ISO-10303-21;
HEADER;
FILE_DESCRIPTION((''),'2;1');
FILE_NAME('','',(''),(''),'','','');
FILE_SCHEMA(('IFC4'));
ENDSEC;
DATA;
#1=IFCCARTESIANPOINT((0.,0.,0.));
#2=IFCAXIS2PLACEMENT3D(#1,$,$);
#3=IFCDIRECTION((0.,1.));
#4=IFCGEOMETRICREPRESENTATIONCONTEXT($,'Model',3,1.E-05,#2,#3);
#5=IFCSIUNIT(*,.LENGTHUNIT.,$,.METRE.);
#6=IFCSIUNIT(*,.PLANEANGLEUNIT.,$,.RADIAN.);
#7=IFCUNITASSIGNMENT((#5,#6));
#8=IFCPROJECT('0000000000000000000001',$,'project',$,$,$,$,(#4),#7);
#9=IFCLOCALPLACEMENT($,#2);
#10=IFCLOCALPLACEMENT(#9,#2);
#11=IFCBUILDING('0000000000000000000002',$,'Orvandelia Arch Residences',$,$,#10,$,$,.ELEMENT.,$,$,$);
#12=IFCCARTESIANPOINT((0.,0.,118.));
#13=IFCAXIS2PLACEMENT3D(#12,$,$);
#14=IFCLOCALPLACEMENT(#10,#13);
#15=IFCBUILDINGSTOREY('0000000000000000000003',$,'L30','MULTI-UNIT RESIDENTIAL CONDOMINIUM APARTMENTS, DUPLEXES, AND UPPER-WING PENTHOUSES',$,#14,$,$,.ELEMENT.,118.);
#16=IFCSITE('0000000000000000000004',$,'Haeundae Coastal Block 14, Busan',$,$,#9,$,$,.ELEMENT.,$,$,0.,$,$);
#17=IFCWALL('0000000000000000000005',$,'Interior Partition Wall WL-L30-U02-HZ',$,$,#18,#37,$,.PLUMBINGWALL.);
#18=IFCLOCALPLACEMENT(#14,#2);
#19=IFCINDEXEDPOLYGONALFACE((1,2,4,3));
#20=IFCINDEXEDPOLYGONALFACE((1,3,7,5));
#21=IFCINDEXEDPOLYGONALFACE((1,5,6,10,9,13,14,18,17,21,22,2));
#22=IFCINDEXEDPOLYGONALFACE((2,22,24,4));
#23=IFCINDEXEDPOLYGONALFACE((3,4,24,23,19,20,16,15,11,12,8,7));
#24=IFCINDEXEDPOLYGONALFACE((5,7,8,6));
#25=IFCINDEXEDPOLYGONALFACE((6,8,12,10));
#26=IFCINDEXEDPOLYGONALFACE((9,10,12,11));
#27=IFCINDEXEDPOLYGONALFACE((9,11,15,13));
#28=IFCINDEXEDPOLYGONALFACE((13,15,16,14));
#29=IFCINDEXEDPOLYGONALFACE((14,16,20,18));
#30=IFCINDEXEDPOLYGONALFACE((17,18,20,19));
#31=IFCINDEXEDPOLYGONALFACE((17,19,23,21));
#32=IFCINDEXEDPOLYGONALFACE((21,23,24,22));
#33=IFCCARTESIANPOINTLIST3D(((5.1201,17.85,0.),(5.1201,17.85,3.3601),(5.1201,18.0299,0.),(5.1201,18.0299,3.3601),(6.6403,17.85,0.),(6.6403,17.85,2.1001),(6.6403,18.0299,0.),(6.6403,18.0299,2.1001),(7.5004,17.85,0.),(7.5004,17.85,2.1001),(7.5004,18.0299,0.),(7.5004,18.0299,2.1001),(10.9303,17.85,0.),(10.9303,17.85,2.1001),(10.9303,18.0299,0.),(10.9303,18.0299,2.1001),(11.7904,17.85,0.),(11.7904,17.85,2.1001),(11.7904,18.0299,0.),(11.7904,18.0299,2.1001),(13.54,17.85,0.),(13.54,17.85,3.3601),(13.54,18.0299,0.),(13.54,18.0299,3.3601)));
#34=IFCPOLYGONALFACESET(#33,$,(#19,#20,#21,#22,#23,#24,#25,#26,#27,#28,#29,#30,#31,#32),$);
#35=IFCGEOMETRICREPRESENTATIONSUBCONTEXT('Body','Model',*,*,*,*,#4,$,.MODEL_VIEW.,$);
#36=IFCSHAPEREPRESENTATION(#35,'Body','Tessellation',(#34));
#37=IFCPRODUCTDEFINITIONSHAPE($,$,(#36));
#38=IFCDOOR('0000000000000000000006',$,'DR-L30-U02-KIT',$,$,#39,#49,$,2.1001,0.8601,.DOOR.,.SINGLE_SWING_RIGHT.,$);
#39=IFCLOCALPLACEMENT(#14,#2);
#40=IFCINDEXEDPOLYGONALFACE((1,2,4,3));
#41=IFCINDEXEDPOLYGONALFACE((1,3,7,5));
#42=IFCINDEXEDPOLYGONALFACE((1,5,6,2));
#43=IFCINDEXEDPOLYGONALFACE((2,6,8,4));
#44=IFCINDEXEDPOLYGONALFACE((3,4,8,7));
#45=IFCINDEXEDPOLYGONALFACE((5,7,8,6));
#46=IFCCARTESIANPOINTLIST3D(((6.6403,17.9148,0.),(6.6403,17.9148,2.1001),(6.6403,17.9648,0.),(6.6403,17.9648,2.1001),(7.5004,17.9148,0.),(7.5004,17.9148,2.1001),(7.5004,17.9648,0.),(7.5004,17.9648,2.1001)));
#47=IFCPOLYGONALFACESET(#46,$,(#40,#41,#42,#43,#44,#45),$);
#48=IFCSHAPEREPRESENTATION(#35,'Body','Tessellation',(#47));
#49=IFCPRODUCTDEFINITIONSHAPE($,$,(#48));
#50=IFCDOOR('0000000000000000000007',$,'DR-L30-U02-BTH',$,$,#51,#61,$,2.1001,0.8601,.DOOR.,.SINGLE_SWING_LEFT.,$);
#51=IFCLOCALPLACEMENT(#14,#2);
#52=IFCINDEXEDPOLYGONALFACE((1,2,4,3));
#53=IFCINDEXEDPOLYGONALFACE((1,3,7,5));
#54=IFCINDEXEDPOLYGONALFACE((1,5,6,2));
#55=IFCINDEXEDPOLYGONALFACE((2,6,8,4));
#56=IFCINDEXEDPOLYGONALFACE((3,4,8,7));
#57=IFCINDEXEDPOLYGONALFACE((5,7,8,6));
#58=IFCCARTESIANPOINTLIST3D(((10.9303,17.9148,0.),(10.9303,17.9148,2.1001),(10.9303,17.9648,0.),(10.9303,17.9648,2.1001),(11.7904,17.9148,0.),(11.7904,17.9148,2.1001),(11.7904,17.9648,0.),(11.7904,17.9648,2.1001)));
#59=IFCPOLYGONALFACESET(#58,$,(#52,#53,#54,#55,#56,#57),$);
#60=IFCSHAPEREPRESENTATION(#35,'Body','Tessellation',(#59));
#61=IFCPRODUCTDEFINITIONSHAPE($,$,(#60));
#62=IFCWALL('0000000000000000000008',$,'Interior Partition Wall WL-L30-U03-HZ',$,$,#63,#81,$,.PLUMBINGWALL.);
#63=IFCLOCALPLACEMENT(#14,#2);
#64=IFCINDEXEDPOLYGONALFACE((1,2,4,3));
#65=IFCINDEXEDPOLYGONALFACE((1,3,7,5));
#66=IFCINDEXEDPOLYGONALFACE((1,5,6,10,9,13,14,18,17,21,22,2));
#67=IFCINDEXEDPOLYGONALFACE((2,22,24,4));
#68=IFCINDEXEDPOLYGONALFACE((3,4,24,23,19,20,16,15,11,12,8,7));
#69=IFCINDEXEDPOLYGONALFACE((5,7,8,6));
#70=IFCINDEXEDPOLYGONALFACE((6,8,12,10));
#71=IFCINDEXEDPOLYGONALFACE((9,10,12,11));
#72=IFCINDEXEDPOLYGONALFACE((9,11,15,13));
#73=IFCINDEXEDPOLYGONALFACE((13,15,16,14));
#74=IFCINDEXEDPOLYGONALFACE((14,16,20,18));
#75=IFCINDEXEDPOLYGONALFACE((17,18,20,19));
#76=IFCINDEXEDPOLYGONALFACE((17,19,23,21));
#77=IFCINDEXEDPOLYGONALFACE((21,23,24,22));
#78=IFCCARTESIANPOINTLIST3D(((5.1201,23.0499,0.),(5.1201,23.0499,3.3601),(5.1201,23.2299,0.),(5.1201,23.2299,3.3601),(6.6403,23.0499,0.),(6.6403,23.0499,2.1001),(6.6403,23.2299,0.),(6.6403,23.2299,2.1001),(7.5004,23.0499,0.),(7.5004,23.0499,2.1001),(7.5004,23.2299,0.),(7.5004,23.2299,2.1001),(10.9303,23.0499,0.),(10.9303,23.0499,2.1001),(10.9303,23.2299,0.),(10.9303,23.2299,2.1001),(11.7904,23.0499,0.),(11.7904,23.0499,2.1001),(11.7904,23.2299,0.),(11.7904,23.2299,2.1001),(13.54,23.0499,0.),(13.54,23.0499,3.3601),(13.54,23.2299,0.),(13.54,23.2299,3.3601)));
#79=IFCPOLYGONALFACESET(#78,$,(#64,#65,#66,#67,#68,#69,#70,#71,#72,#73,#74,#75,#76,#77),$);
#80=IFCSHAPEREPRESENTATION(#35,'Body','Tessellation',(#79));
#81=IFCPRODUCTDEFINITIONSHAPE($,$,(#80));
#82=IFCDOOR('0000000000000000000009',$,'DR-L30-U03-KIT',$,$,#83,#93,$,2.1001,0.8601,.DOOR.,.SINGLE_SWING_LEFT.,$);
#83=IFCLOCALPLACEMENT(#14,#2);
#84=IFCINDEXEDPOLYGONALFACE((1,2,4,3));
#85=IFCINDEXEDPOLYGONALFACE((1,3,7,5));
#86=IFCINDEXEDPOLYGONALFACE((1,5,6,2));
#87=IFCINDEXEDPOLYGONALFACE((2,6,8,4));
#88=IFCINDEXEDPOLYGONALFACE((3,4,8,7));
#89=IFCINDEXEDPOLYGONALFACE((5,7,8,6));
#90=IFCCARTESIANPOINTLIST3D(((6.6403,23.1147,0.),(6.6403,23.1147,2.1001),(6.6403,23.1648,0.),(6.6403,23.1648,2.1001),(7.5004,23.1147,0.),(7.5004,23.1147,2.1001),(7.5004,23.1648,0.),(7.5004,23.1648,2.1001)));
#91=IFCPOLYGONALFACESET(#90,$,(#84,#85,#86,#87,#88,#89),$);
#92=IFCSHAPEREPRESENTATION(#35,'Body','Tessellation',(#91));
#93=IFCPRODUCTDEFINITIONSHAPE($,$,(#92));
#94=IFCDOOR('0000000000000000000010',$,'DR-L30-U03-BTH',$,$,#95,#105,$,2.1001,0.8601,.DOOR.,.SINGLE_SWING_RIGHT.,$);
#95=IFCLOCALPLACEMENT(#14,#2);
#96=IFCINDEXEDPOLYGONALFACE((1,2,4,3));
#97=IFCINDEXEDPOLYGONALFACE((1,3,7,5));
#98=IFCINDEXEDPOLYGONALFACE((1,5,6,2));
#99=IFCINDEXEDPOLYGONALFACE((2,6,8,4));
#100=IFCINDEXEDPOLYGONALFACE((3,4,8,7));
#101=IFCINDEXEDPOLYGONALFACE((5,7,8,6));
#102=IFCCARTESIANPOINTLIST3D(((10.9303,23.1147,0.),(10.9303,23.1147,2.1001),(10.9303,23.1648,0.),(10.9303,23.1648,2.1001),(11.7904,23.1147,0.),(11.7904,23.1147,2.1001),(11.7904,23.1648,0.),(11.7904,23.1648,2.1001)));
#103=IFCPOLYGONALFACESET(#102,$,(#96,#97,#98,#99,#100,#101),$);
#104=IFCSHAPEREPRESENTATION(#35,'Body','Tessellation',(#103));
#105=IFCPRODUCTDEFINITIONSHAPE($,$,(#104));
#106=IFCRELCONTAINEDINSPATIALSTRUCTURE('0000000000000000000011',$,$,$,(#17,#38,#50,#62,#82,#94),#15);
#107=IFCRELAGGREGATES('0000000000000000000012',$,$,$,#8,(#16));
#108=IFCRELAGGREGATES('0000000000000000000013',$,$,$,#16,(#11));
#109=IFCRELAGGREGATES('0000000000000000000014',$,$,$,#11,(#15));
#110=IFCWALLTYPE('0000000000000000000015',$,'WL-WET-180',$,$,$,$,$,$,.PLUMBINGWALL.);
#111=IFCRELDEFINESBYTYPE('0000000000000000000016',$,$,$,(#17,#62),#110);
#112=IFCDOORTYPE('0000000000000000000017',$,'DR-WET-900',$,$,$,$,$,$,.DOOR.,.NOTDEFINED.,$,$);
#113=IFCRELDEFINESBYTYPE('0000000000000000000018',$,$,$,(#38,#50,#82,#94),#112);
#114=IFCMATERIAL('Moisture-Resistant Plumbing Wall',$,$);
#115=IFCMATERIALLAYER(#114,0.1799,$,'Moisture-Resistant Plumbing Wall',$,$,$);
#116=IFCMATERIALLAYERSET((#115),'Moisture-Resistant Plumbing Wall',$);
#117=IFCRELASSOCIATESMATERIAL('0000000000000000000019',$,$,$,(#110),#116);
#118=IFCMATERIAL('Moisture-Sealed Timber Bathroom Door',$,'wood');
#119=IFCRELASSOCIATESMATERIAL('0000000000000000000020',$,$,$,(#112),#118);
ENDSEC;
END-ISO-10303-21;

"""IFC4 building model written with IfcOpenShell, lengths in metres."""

from ifc_helpers import new_model, si_unit, direction, frame, frame_2d, origin, place, context, subcontext, project, spatial, rectangle, extrude, material, layer, layer_set, type_object, element, fill, save


model = new_model("IFC4")

# Units and contexts
model_context = context("Model", 3, precision=1e-05, world=origin(), true_north=direction((0.0, 1.0)))
body_context = subcontext(model_context, "Body", "Model", "MODEL_VIEW")
ifc_project = project(units=[si_unit("LENGTHUNIT", "METRE"), si_unit("PLANEANGLEUNIT", "RADIAN")], contexts=[model_context])

# Site, building, storey
site_placement = place(None, origin())
site = spatial("IfcSite", under=ifc_project, at=site_placement, Name="Haeundae Coastal Block 14, Busan", CompositionType="ELEMENT", RefElevation=0.0)
building_placement = place(site_placement, origin())
building = spatial("IfcBuilding", under=site, at=building_placement, Name="Orvandelia Arch Residences", CompositionType="ELEMENT")
storey_placement = place(building_placement, frame((0.0, 0.0, 118.0)))
storey = spatial("IfcBuildingStorey", under=building, at=storey_placement, Name="L30", Description="MULTI-UNIT RESIDENTIAL CONDOMINIUM APARTMENTS, DUPLEXES, AND UPPER-WING PENTHOUSES", CompositionType="ELEMENT", Elevation=118.0)

# Walls, openings, doors
ifc_material_1 = material(Name="Moisture-Resistant Plumbing Wall")
ifc_layer_1 = layer(ifc_material_1, 0.1799, Name="Moisture-Resistant Plumbing Wall")
ifc_layer_set_1 = layer_set([ifc_layer_1], Name="Moisture-Resistant Plumbing Wall")
wall_type_1 = type_object("IfcWallType", Name="WL-WET-180", PredefinedType="PLUMBINGWALL", material=ifc_layer_set_1)
wall_1_placement = place(storey_placement, frame((5.1201, 17.9399, 0.0), z_axis=(0.0, 0.0, 1.0), x_axis=(1.0, 0.0, 0.0)))
wall_1 = element("IfcWall", 1, at=wall_1_placement, inside=storey, type_object=wall_type_1, Name="Interior Partition Wall WL-L30-U02-HZ", PredefinedType="PLUMBINGWALL", context=body_context, shape_type="SweptSolid", body=[
    extrude(rectangle(XDim=8.4199, YDim=0.1799, at=frame_2d((4.21, 0.0))), origin(), (0.0, 0.0, 1.0), 3.3601),
])
opening_1_placement = place(wall_1_placement, frame((1.52, 0.0, 0.0)))
opening_1 = element("IfcOpeningElement", 2, at=opening_1_placement, cuts=wall_1, PredefinedType="OPENING", context=body_context, shape_type="SweptSolid", body=[
    extrude(rectangle(XDim=0.8601, YDim=2.1001, at=frame_2d((0.4302, 1.05))), frame((0.0, 0.1001, 0.0), z_axis=(0.0, -1.0, 0.0), x_axis=(1.0, 0.0, 0.0)), (0.0, 0.0, 1.0), 0.2),
])
opening_2_placement = place(wall_1_placement, frame((5.8101, 0.0, 0.0)))
opening_2 = element("IfcOpeningElement", 3, at=opening_2_placement, cuts=wall_1, PredefinedType="OPENING", context=body_context, shape_type="SweptSolid", body=[
    extrude(rectangle(XDim=0.8601, YDim=2.1001, at=frame_2d((0.4302, 1.05))), frame((0.0, 0.1001, 0.0), z_axis=(0.0, -1.0, 0.0), x_axis=(1.0, 0.0, 0.0)), (0.0, 0.0, 1.0), 0.2),
])
ifc_material_2 = material(Name="Moisture-Sealed Timber Bathroom Door", Category="wood")
door_type = type_object("IfcDoorType", Name="DR-WET-900", OperationType="NOTDEFINED", PredefinedType="DOOR", material=ifc_material_2)
door_1_placement = place(opening_1_placement, origin())
door_1 = element("IfcDoor", 4, at=door_1_placement, inside=storey, type_object=door_type, Name="DR-L30-U02-KIT", OperationType="SINGLE_SWING_RIGHT", OverallHeight=2.1001, OverallWidth=0.8601, PredefinedType="DOOR", context=body_context, shape_type="SweptSolid", body=[
    extrude(rectangle(XDim=0.8601, YDim=2.1001, at=frame_2d((0.4302, 1.05))), frame((0.0, 0.0249, 0.0), z_axis=(0.0, -1.0, 0.0), x_axis=(1.0, 0.0, 0.0)), (0.0, 0.0, 1.0), 0.05),
])
fill(opening_1, door_1)
door_2_placement = place(opening_2_placement, origin())
door_2 = element("IfcDoor", 5, at=door_2_placement, inside=storey, type_object=door_type, Name="DR-L30-U02-BTH", OperationType="SINGLE_SWING_LEFT", OverallHeight=2.1001, OverallWidth=0.8601, PredefinedType="DOOR", context=body_context, shape_type="SweptSolid", body=[
    extrude(rectangle(XDim=0.8601, YDim=2.1001, at=frame_2d((0.4302, 1.05))), frame((0.0, 0.0249, 0.0), z_axis=(0.0, -1.0, 0.0), x_axis=(1.0, 0.0, 0.0)), (0.0, 0.0, 1.0), 0.05),
])
fill(opening_2, door_2)
wall_2_placement = place(storey_placement, frame((5.1201, 23.1399, 0.0), z_axis=(0.0, 0.0, 1.0), x_axis=(1.0, 0.0, 0.0)))
wall_2 = element("IfcWall", 6, at=wall_2_placement, inside=storey, type_object=wall_type_1, Name="Interior Partition Wall WL-L30-U03-HZ", PredefinedType="PLUMBINGWALL", context=body_context, shape_type="SweptSolid", body=[
    extrude(rectangle(XDim=8.4199, YDim=0.1799, at=frame_2d((4.21, 0.0))), origin(), (0.0, 0.0, 1.0), 3.3601),
])
opening_3_placement = place(wall_2_placement, frame((1.52, 0.0, 0.0)))
opening_3 = element("IfcOpeningElement", 7, at=opening_3_placement, cuts=wall_2, PredefinedType="OPENING", context=body_context, shape_type="SweptSolid", body=[
    extrude(rectangle(XDim=0.8601, YDim=2.1001, at=frame_2d((0.4302, 1.05))), frame((0.0, 0.1001, 0.0), z_axis=(0.0, -1.0, 0.0), x_axis=(1.0, 0.0, 0.0)), (0.0, 0.0, 1.0), 0.2),
])
opening_4_placement = place(wall_2_placement, frame((5.8101, 0.0, 0.0)))
opening_4 = element("IfcOpeningElement", 8, at=opening_4_placement, cuts=wall_2, PredefinedType="OPENING", context=body_context, shape_type="SweptSolid", body=[
    extrude(rectangle(XDim=0.8601, YDim=2.1001, at=frame_2d((0.4302, 1.05))), frame((0.0, 0.1001, 0.0), z_axis=(0.0, -1.0, 0.0), x_axis=(1.0, 0.0, 0.0)), (0.0, 0.0, 1.0), 0.2),
])
door_3_placement = place(opening_3_placement, origin())
door_3 = element("IfcDoor", 9, at=door_3_placement, inside=storey, type_object=door_type, Name="DR-L30-U03-KIT", OperationType="SINGLE_SWING_LEFT", OverallHeight=2.1001, OverallWidth=0.8601, PredefinedType="DOOR", context=body_context, shape_type="SweptSolid", body=[
    extrude(rectangle(XDim=0.8601, YDim=2.1001, at=frame_2d((0.4302, 1.05))), frame((0.0, 0.0249, 0.0), z_axis=(0.0, -1.0, 0.0), x_axis=(1.0, 0.0, 0.0)), (0.0, 0.0, 1.0), 0.05),
])
fill(opening_3, door_3)
door_4_placement = place(opening_4_placement, origin())
door_4 = element("IfcDoor", 10, at=door_4_placement, inside=storey, type_object=door_type, Name="DR-L30-U03-BTH", OperationType="SINGLE_SWING_RIGHT", OverallHeight=2.1001, OverallWidth=0.8601, PredefinedType="DOOR", context=body_context, shape_type="SweptSolid", body=[
    extrude(rectangle(XDim=0.8601, YDim=2.1001, at=frame_2d((0.4302, 1.05))), frame((0.0, 0.0249, 0.0), z_axis=(0.0, -1.0, 0.0), x_axis=(1.0, 0.0, 0.0)), (0.0, 0.0, 1.0), 0.05),
])
fill(opening_4, door_4)

save(model, "model.ifc")
